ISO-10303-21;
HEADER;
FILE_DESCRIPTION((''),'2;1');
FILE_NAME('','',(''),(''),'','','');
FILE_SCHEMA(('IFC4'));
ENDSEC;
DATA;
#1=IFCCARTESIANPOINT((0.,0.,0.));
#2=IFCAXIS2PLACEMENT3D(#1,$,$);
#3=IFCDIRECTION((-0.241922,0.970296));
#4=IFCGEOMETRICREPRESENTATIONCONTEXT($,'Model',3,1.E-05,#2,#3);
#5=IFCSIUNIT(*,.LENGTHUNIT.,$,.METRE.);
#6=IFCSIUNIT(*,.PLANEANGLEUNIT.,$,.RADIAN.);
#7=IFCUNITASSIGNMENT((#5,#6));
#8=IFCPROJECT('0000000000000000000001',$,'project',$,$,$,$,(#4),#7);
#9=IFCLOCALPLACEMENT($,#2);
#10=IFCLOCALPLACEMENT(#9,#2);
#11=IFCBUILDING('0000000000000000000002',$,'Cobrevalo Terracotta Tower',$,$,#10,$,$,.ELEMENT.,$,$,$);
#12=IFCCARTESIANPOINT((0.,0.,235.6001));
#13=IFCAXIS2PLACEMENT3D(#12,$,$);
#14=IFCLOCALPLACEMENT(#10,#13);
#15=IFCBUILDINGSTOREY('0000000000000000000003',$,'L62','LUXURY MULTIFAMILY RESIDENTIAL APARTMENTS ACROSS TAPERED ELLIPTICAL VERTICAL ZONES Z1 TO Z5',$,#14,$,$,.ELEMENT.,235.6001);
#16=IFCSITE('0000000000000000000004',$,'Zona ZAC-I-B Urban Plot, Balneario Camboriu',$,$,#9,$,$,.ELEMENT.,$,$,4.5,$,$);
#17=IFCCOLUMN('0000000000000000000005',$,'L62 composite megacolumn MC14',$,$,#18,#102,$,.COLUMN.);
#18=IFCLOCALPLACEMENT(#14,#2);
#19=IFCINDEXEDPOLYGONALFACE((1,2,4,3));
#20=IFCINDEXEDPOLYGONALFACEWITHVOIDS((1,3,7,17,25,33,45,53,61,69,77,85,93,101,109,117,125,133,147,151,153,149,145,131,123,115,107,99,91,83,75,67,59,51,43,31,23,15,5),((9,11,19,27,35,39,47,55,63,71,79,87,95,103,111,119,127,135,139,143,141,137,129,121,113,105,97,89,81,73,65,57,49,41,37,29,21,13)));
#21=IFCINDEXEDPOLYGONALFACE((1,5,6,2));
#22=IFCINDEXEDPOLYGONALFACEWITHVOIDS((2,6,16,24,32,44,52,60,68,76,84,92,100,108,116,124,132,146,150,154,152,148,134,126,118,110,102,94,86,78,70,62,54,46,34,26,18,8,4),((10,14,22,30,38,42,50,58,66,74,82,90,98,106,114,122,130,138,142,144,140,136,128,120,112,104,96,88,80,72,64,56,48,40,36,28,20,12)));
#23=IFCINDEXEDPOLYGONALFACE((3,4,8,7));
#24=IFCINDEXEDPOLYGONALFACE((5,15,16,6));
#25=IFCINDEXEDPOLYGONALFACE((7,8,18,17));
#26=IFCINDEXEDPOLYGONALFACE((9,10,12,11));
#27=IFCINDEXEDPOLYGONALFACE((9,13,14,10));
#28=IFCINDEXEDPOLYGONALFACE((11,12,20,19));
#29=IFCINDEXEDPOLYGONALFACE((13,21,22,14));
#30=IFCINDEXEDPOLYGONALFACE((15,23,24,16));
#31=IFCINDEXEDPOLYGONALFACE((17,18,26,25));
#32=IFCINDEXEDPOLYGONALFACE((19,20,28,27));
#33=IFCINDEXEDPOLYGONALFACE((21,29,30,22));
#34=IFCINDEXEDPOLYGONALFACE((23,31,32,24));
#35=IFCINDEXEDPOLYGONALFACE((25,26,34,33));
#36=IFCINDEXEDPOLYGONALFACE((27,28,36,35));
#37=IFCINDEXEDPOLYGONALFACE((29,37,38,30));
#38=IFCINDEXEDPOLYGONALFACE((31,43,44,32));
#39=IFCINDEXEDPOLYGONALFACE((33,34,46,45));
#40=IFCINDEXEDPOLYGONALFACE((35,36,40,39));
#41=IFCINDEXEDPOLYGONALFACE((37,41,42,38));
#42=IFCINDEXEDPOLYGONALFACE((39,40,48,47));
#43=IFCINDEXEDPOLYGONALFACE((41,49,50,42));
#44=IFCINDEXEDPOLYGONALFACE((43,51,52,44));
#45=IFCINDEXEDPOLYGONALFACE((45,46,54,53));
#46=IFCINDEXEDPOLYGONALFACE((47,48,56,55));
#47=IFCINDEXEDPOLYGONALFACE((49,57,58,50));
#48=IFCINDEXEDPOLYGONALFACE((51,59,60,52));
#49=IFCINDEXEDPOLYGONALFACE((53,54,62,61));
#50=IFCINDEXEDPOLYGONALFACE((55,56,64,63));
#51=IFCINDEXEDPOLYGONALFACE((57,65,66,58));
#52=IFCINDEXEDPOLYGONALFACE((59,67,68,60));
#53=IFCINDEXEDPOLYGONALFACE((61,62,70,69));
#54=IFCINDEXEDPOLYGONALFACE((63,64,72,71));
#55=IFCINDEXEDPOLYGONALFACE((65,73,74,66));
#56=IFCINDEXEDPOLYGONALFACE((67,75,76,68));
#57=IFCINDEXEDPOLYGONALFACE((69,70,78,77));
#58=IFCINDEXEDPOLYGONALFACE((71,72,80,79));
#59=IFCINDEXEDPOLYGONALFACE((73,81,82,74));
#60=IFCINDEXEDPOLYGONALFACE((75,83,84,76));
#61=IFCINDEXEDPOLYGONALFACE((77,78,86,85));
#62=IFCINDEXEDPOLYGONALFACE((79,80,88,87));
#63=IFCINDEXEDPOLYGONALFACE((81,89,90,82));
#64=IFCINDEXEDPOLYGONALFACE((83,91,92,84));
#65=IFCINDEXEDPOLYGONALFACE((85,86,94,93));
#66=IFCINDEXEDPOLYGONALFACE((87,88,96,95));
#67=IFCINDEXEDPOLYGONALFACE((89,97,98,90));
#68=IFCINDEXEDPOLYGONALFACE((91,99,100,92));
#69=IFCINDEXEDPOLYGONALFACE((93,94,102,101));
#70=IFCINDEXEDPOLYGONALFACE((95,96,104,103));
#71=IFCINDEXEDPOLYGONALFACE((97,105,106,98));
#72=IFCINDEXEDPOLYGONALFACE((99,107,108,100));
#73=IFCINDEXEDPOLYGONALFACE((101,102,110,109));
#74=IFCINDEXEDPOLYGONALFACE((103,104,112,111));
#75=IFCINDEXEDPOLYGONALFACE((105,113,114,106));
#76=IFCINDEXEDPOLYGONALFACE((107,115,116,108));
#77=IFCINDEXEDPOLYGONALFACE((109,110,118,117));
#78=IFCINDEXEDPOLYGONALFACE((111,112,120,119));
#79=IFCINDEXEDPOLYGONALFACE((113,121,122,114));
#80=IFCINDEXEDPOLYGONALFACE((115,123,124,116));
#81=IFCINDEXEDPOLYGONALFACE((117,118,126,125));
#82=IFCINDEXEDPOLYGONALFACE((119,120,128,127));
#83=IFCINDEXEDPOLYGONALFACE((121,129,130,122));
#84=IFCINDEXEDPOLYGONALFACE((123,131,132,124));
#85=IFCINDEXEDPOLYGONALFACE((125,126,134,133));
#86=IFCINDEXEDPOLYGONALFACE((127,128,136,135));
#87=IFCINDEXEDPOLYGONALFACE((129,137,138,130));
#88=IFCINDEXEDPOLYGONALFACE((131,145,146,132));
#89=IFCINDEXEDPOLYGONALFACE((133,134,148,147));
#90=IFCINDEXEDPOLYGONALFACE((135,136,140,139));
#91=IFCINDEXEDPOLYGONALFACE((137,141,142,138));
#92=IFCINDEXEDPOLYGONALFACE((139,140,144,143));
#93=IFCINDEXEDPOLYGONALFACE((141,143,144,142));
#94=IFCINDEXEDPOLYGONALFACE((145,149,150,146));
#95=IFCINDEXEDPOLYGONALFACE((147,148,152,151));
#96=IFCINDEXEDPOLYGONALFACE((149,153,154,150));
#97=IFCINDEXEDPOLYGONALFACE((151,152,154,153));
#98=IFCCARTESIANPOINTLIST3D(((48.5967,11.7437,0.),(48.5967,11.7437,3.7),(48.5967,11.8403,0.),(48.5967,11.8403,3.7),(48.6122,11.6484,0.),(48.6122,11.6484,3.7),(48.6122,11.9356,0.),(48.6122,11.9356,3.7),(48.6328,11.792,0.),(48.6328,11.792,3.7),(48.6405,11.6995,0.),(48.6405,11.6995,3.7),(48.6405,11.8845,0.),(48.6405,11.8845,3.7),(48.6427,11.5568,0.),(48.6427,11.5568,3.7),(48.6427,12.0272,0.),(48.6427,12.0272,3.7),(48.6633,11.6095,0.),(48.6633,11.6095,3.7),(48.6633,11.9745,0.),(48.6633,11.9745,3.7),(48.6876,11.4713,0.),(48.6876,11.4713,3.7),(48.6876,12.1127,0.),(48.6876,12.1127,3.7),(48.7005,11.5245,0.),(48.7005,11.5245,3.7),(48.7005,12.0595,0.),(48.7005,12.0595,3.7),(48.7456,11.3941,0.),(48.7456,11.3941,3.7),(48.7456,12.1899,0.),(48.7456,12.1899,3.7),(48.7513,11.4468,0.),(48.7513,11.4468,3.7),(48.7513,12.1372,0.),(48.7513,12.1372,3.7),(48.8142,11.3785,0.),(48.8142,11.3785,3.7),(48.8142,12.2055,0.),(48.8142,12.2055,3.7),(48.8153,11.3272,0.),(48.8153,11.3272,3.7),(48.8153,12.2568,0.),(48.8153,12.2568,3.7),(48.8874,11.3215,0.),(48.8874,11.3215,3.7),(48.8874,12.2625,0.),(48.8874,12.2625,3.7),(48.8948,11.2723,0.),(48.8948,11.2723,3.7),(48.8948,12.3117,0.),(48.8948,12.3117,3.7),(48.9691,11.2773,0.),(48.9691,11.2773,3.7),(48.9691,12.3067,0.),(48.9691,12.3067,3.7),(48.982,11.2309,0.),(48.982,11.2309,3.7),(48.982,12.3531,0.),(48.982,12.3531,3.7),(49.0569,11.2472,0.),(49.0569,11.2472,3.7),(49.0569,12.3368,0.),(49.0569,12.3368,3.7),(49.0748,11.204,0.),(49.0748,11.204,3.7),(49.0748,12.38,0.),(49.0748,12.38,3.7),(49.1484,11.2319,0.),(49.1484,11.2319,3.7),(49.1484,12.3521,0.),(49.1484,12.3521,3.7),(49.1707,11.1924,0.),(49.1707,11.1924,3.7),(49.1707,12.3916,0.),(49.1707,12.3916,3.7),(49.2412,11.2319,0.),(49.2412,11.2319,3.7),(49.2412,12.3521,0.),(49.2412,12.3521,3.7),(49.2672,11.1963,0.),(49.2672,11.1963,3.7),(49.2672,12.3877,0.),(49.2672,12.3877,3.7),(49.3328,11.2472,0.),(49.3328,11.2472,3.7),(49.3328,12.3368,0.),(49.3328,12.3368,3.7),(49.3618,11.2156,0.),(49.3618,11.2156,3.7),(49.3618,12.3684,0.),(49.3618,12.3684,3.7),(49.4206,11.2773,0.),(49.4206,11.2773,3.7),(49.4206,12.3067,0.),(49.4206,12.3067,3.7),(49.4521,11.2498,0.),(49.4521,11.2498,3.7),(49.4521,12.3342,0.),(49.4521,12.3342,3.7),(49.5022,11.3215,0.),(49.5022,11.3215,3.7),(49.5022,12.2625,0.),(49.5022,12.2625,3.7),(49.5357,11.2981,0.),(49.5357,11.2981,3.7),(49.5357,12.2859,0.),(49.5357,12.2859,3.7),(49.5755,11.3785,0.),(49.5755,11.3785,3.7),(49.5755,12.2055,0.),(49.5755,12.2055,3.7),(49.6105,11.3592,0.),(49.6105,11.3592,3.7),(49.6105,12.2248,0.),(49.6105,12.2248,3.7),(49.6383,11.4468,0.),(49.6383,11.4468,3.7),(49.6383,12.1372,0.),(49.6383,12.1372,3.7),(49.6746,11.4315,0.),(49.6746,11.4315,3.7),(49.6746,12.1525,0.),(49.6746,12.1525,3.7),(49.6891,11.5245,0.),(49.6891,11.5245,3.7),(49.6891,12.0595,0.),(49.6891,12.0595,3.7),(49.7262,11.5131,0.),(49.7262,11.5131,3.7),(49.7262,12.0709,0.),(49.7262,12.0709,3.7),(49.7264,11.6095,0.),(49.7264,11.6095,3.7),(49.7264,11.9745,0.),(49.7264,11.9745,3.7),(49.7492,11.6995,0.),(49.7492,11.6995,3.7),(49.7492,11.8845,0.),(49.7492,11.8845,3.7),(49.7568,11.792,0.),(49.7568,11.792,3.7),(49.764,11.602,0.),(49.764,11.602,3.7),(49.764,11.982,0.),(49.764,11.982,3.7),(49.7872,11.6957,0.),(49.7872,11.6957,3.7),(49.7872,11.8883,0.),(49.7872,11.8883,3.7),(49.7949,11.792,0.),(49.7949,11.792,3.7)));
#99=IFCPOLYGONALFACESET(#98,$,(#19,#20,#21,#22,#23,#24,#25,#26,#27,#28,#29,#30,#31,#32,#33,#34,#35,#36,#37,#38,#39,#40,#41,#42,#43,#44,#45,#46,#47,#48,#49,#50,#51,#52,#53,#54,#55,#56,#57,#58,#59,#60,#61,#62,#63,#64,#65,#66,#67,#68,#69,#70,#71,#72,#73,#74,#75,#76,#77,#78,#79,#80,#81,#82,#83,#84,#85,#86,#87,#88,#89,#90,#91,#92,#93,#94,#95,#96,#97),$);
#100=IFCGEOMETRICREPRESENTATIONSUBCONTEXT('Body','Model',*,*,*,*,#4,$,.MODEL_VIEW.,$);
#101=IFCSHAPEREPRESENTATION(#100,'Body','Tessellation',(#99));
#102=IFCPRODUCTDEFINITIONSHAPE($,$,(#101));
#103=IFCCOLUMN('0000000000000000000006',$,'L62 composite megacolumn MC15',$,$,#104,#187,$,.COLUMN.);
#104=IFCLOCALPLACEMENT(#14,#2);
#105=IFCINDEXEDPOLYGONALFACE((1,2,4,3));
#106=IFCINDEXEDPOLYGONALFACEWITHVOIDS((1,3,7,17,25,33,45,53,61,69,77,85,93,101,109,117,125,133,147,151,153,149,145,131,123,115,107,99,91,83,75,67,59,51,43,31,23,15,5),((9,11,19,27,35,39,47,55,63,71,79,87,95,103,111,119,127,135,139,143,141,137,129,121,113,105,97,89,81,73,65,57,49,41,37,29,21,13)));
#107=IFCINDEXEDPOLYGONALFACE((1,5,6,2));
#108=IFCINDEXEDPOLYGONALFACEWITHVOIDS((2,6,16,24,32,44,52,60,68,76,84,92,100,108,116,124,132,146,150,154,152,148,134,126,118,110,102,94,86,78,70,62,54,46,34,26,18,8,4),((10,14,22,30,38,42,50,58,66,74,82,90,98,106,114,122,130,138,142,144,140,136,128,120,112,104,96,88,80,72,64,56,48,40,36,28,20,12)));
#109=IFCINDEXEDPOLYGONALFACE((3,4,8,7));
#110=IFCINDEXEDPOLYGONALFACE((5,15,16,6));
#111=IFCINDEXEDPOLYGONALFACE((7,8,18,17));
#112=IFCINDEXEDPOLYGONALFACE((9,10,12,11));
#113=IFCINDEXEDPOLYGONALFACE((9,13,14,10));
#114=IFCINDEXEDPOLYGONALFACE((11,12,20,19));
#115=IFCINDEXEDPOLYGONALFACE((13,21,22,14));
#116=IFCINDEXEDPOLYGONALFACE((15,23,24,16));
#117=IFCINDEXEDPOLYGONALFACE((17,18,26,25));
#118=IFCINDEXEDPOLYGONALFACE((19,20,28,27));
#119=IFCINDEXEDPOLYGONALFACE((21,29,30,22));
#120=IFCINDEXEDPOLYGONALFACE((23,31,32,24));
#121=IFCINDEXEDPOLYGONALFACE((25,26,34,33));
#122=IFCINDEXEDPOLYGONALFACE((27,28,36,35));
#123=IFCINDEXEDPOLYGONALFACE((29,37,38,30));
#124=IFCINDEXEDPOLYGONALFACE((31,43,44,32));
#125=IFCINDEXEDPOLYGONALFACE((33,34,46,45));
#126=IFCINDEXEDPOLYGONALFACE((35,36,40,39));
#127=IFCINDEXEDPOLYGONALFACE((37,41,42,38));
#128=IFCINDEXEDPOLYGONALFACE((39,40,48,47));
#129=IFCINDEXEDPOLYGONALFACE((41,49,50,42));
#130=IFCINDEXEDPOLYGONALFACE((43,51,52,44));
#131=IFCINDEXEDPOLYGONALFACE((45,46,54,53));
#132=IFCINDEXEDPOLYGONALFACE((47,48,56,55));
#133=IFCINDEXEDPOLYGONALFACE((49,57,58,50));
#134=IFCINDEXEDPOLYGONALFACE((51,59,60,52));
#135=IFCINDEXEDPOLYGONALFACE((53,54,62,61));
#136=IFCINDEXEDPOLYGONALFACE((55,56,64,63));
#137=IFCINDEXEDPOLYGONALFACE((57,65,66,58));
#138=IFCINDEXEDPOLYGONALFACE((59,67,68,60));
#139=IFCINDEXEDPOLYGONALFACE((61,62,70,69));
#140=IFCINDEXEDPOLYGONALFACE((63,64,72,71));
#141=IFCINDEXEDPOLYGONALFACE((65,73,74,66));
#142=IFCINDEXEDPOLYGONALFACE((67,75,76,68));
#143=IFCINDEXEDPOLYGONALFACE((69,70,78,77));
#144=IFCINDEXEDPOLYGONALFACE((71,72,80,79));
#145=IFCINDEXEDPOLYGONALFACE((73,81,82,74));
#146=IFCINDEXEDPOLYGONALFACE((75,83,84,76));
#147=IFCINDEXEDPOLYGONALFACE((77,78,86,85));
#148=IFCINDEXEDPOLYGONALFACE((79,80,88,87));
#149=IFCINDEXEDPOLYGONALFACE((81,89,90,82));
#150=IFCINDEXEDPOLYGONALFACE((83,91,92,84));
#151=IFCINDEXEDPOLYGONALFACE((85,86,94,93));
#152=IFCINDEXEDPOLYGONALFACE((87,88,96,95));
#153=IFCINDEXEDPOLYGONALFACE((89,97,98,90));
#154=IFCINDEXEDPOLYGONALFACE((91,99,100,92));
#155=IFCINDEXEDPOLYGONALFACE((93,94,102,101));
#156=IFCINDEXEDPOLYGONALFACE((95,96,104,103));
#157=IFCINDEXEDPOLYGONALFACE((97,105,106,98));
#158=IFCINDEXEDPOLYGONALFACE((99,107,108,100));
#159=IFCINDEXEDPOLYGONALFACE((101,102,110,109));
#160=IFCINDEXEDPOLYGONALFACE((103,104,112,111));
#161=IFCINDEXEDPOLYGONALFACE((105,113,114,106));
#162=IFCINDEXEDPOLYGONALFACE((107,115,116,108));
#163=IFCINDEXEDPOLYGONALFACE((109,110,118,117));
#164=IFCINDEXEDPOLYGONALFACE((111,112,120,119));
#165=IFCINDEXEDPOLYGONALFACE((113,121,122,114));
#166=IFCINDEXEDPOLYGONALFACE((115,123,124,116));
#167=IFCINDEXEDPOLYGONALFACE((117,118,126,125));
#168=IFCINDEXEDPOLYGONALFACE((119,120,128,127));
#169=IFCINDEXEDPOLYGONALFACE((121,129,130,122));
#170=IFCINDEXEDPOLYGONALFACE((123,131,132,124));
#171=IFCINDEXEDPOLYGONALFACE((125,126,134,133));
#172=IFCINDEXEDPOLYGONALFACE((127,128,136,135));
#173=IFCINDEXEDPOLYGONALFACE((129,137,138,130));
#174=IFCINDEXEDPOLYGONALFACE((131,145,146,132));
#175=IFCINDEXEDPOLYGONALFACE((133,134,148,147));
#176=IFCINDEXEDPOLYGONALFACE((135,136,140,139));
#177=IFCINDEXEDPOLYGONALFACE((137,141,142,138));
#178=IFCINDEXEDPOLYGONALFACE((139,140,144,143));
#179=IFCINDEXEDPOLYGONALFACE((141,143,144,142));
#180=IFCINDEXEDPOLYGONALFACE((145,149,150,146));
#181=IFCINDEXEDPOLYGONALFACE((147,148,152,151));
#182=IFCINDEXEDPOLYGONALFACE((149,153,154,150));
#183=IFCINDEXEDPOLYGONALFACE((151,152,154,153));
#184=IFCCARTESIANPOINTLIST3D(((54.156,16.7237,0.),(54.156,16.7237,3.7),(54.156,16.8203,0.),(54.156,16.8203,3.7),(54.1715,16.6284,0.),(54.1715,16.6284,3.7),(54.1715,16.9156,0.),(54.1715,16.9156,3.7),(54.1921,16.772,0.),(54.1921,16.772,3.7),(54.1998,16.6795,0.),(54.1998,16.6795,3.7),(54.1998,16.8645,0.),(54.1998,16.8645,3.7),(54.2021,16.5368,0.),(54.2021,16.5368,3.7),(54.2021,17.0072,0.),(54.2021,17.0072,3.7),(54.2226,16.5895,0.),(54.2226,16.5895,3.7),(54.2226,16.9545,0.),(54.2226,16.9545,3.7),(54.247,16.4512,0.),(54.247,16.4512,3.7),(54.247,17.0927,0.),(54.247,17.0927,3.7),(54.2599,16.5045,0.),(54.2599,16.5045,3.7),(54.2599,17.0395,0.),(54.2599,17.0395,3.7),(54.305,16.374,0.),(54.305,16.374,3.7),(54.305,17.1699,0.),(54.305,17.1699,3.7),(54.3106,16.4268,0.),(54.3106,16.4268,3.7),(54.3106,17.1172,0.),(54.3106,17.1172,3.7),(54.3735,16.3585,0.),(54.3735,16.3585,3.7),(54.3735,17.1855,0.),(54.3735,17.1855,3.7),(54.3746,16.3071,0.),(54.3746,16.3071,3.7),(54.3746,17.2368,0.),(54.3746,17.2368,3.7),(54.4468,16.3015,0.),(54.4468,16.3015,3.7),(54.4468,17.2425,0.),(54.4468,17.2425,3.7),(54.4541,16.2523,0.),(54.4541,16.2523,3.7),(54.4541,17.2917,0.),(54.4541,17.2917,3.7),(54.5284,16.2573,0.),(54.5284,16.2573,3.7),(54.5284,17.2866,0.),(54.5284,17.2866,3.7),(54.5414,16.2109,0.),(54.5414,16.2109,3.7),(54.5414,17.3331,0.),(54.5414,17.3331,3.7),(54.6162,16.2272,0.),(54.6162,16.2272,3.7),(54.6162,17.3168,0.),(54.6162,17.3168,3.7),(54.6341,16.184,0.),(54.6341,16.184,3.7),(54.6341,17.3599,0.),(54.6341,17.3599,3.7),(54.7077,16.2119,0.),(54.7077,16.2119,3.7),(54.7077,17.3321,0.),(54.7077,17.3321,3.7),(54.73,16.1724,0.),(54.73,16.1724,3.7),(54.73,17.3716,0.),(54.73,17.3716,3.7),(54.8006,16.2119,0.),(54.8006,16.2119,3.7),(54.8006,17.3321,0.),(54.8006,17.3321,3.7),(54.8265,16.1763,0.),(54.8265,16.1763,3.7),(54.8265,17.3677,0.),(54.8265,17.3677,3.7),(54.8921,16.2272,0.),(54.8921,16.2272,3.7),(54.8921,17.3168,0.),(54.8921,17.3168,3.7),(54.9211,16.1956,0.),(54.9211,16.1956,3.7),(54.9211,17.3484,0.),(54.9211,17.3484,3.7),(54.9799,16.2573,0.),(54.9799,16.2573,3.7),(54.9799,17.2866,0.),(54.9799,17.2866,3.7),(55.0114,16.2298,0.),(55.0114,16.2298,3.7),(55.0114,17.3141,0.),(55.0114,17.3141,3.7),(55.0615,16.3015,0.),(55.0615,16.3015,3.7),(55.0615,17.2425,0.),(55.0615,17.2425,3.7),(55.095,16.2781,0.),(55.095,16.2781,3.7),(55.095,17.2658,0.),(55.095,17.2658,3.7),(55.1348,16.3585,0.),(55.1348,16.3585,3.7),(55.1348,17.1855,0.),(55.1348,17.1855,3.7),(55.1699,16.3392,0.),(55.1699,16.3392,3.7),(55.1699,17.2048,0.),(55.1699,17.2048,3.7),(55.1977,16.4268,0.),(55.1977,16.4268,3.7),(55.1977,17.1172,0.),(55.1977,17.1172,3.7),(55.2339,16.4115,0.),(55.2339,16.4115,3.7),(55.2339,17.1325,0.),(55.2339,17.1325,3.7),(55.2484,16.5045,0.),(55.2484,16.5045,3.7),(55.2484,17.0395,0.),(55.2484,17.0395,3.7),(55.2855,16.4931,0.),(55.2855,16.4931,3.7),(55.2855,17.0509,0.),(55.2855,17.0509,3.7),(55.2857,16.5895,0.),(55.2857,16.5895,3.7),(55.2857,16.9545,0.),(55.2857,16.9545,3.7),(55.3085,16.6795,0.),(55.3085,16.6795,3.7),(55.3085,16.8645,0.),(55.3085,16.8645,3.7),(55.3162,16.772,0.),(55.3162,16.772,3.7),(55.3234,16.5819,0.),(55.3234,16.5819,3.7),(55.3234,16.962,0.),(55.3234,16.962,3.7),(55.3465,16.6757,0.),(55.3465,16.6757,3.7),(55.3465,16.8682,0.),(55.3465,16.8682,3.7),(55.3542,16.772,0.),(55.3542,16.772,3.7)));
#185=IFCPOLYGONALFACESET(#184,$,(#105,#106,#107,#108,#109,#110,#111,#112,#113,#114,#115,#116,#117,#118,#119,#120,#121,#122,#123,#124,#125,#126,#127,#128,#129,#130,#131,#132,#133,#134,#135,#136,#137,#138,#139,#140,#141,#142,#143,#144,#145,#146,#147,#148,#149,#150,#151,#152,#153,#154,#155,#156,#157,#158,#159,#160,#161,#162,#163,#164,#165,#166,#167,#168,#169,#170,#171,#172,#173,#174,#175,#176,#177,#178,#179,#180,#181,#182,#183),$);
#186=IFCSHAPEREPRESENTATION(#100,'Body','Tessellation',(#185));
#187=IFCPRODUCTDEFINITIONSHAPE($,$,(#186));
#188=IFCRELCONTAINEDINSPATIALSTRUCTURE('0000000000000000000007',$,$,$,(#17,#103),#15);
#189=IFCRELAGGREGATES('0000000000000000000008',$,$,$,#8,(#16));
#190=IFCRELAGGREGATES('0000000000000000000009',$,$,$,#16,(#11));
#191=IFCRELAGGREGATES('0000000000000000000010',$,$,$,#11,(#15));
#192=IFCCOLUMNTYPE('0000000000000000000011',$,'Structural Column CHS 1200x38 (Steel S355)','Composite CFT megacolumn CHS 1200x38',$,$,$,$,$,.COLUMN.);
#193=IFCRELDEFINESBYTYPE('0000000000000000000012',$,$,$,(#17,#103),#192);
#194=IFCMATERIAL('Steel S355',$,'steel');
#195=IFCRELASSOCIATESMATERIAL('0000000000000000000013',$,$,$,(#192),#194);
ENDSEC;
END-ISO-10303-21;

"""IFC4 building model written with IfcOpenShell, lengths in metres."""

from ifc_helpers import new_model, si_unit, direction, frame, origin, origin_2d, place, context, subcontext, project, spatial, hollow_circle, extrude, material, material_profile, profile_set, type_object, element, save


model = new_model("IFC4")

# Units and contexts
model_context = context("Model", 3, precision=1e-05, world=origin(), true_north=direction((-0.241922, 0.970296)))
body_context = subcontext(model_context, "Body", "Model", "MODEL_VIEW")
ifc_project = project(units=[si_unit("LENGTHUNIT", "METRE"), si_unit("PLANEANGLEUNIT", "RADIAN")], contexts=[model_context])

# Site, building, storey
site_placement = place(None, origin())
site = spatial("IfcSite", under=ifc_project, at=site_placement, Name="Zona ZAC-I-B Urban Plot, Balneario Camboriu", CompositionType="ELEMENT", RefElevation=4.5)
building_placement = place(site_placement, origin())
building = spatial("IfcBuilding", under=site, at=building_placement, Name="Cobrevalo Terracotta Tower", CompositionType="ELEMENT")
storey_placement = place(building_placement, frame((0.0, 0.0, 235.6001)))
storey = spatial("IfcBuildingStorey", under=building, at=storey_placement, Name="L62", Description="LUXURY MULTIFAMILY RESIDENTIAL APARTMENTS ACROSS TAPERED ELLIPTICAL VERTICAL ZONES Z1 TO Z5", CompositionType="ELEMENT", Elevation=235.6001)

# Columns
ifc_material_1 = material(Name="Steel S355", Category="steel")
ifc_material_profile_1 = material_profile(ifc_material_1, hollow_circle(Radius=0.6001, WallThickness=0.0381, at=origin_2d()), Name="CHS 1200x38")
ifc_profile_set_1 = profile_set([ifc_material_profile_1], Name="Steel S355")
column_type = type_object("IfcColumnType", Name="Structural Column CHS 1200x38 (Steel S355)", Description="Composite CFT megacolumn CHS 1200x38", PredefinedType="COLUMN", material=ifc_profile_set_1)
for number, where, z_axis, x_axis, name in (
    (1, (49.1948, 11.792, 0.0), (0.0, 0.0, 1.0), (1.0, 0.0, 0.0), "L62 composite megacolumn MC14"),
    (2, (54.7542, 16.772, 0.0), (0.0, 0.0, 1.0), (1.0, 0.0, 0.0), "L62 composite megacolumn MC15"),
):
    element("IfcColumn", number, at=place(storey_placement, frame(where, z_axis=z_axis, x_axis=x_axis)), inside=storey, type_object=column_type, Name=name, PredefinedType="COLUMN", context=body_context, shape_type="SweptSolid", body=[
        extrude(hollow_circle(Radius=0.6001, WallThickness=0.0381, at=origin_2d()), origin(), (0.0, 0.0, 1.0), 3.7),
    ])

save(model, "model.ifc")
